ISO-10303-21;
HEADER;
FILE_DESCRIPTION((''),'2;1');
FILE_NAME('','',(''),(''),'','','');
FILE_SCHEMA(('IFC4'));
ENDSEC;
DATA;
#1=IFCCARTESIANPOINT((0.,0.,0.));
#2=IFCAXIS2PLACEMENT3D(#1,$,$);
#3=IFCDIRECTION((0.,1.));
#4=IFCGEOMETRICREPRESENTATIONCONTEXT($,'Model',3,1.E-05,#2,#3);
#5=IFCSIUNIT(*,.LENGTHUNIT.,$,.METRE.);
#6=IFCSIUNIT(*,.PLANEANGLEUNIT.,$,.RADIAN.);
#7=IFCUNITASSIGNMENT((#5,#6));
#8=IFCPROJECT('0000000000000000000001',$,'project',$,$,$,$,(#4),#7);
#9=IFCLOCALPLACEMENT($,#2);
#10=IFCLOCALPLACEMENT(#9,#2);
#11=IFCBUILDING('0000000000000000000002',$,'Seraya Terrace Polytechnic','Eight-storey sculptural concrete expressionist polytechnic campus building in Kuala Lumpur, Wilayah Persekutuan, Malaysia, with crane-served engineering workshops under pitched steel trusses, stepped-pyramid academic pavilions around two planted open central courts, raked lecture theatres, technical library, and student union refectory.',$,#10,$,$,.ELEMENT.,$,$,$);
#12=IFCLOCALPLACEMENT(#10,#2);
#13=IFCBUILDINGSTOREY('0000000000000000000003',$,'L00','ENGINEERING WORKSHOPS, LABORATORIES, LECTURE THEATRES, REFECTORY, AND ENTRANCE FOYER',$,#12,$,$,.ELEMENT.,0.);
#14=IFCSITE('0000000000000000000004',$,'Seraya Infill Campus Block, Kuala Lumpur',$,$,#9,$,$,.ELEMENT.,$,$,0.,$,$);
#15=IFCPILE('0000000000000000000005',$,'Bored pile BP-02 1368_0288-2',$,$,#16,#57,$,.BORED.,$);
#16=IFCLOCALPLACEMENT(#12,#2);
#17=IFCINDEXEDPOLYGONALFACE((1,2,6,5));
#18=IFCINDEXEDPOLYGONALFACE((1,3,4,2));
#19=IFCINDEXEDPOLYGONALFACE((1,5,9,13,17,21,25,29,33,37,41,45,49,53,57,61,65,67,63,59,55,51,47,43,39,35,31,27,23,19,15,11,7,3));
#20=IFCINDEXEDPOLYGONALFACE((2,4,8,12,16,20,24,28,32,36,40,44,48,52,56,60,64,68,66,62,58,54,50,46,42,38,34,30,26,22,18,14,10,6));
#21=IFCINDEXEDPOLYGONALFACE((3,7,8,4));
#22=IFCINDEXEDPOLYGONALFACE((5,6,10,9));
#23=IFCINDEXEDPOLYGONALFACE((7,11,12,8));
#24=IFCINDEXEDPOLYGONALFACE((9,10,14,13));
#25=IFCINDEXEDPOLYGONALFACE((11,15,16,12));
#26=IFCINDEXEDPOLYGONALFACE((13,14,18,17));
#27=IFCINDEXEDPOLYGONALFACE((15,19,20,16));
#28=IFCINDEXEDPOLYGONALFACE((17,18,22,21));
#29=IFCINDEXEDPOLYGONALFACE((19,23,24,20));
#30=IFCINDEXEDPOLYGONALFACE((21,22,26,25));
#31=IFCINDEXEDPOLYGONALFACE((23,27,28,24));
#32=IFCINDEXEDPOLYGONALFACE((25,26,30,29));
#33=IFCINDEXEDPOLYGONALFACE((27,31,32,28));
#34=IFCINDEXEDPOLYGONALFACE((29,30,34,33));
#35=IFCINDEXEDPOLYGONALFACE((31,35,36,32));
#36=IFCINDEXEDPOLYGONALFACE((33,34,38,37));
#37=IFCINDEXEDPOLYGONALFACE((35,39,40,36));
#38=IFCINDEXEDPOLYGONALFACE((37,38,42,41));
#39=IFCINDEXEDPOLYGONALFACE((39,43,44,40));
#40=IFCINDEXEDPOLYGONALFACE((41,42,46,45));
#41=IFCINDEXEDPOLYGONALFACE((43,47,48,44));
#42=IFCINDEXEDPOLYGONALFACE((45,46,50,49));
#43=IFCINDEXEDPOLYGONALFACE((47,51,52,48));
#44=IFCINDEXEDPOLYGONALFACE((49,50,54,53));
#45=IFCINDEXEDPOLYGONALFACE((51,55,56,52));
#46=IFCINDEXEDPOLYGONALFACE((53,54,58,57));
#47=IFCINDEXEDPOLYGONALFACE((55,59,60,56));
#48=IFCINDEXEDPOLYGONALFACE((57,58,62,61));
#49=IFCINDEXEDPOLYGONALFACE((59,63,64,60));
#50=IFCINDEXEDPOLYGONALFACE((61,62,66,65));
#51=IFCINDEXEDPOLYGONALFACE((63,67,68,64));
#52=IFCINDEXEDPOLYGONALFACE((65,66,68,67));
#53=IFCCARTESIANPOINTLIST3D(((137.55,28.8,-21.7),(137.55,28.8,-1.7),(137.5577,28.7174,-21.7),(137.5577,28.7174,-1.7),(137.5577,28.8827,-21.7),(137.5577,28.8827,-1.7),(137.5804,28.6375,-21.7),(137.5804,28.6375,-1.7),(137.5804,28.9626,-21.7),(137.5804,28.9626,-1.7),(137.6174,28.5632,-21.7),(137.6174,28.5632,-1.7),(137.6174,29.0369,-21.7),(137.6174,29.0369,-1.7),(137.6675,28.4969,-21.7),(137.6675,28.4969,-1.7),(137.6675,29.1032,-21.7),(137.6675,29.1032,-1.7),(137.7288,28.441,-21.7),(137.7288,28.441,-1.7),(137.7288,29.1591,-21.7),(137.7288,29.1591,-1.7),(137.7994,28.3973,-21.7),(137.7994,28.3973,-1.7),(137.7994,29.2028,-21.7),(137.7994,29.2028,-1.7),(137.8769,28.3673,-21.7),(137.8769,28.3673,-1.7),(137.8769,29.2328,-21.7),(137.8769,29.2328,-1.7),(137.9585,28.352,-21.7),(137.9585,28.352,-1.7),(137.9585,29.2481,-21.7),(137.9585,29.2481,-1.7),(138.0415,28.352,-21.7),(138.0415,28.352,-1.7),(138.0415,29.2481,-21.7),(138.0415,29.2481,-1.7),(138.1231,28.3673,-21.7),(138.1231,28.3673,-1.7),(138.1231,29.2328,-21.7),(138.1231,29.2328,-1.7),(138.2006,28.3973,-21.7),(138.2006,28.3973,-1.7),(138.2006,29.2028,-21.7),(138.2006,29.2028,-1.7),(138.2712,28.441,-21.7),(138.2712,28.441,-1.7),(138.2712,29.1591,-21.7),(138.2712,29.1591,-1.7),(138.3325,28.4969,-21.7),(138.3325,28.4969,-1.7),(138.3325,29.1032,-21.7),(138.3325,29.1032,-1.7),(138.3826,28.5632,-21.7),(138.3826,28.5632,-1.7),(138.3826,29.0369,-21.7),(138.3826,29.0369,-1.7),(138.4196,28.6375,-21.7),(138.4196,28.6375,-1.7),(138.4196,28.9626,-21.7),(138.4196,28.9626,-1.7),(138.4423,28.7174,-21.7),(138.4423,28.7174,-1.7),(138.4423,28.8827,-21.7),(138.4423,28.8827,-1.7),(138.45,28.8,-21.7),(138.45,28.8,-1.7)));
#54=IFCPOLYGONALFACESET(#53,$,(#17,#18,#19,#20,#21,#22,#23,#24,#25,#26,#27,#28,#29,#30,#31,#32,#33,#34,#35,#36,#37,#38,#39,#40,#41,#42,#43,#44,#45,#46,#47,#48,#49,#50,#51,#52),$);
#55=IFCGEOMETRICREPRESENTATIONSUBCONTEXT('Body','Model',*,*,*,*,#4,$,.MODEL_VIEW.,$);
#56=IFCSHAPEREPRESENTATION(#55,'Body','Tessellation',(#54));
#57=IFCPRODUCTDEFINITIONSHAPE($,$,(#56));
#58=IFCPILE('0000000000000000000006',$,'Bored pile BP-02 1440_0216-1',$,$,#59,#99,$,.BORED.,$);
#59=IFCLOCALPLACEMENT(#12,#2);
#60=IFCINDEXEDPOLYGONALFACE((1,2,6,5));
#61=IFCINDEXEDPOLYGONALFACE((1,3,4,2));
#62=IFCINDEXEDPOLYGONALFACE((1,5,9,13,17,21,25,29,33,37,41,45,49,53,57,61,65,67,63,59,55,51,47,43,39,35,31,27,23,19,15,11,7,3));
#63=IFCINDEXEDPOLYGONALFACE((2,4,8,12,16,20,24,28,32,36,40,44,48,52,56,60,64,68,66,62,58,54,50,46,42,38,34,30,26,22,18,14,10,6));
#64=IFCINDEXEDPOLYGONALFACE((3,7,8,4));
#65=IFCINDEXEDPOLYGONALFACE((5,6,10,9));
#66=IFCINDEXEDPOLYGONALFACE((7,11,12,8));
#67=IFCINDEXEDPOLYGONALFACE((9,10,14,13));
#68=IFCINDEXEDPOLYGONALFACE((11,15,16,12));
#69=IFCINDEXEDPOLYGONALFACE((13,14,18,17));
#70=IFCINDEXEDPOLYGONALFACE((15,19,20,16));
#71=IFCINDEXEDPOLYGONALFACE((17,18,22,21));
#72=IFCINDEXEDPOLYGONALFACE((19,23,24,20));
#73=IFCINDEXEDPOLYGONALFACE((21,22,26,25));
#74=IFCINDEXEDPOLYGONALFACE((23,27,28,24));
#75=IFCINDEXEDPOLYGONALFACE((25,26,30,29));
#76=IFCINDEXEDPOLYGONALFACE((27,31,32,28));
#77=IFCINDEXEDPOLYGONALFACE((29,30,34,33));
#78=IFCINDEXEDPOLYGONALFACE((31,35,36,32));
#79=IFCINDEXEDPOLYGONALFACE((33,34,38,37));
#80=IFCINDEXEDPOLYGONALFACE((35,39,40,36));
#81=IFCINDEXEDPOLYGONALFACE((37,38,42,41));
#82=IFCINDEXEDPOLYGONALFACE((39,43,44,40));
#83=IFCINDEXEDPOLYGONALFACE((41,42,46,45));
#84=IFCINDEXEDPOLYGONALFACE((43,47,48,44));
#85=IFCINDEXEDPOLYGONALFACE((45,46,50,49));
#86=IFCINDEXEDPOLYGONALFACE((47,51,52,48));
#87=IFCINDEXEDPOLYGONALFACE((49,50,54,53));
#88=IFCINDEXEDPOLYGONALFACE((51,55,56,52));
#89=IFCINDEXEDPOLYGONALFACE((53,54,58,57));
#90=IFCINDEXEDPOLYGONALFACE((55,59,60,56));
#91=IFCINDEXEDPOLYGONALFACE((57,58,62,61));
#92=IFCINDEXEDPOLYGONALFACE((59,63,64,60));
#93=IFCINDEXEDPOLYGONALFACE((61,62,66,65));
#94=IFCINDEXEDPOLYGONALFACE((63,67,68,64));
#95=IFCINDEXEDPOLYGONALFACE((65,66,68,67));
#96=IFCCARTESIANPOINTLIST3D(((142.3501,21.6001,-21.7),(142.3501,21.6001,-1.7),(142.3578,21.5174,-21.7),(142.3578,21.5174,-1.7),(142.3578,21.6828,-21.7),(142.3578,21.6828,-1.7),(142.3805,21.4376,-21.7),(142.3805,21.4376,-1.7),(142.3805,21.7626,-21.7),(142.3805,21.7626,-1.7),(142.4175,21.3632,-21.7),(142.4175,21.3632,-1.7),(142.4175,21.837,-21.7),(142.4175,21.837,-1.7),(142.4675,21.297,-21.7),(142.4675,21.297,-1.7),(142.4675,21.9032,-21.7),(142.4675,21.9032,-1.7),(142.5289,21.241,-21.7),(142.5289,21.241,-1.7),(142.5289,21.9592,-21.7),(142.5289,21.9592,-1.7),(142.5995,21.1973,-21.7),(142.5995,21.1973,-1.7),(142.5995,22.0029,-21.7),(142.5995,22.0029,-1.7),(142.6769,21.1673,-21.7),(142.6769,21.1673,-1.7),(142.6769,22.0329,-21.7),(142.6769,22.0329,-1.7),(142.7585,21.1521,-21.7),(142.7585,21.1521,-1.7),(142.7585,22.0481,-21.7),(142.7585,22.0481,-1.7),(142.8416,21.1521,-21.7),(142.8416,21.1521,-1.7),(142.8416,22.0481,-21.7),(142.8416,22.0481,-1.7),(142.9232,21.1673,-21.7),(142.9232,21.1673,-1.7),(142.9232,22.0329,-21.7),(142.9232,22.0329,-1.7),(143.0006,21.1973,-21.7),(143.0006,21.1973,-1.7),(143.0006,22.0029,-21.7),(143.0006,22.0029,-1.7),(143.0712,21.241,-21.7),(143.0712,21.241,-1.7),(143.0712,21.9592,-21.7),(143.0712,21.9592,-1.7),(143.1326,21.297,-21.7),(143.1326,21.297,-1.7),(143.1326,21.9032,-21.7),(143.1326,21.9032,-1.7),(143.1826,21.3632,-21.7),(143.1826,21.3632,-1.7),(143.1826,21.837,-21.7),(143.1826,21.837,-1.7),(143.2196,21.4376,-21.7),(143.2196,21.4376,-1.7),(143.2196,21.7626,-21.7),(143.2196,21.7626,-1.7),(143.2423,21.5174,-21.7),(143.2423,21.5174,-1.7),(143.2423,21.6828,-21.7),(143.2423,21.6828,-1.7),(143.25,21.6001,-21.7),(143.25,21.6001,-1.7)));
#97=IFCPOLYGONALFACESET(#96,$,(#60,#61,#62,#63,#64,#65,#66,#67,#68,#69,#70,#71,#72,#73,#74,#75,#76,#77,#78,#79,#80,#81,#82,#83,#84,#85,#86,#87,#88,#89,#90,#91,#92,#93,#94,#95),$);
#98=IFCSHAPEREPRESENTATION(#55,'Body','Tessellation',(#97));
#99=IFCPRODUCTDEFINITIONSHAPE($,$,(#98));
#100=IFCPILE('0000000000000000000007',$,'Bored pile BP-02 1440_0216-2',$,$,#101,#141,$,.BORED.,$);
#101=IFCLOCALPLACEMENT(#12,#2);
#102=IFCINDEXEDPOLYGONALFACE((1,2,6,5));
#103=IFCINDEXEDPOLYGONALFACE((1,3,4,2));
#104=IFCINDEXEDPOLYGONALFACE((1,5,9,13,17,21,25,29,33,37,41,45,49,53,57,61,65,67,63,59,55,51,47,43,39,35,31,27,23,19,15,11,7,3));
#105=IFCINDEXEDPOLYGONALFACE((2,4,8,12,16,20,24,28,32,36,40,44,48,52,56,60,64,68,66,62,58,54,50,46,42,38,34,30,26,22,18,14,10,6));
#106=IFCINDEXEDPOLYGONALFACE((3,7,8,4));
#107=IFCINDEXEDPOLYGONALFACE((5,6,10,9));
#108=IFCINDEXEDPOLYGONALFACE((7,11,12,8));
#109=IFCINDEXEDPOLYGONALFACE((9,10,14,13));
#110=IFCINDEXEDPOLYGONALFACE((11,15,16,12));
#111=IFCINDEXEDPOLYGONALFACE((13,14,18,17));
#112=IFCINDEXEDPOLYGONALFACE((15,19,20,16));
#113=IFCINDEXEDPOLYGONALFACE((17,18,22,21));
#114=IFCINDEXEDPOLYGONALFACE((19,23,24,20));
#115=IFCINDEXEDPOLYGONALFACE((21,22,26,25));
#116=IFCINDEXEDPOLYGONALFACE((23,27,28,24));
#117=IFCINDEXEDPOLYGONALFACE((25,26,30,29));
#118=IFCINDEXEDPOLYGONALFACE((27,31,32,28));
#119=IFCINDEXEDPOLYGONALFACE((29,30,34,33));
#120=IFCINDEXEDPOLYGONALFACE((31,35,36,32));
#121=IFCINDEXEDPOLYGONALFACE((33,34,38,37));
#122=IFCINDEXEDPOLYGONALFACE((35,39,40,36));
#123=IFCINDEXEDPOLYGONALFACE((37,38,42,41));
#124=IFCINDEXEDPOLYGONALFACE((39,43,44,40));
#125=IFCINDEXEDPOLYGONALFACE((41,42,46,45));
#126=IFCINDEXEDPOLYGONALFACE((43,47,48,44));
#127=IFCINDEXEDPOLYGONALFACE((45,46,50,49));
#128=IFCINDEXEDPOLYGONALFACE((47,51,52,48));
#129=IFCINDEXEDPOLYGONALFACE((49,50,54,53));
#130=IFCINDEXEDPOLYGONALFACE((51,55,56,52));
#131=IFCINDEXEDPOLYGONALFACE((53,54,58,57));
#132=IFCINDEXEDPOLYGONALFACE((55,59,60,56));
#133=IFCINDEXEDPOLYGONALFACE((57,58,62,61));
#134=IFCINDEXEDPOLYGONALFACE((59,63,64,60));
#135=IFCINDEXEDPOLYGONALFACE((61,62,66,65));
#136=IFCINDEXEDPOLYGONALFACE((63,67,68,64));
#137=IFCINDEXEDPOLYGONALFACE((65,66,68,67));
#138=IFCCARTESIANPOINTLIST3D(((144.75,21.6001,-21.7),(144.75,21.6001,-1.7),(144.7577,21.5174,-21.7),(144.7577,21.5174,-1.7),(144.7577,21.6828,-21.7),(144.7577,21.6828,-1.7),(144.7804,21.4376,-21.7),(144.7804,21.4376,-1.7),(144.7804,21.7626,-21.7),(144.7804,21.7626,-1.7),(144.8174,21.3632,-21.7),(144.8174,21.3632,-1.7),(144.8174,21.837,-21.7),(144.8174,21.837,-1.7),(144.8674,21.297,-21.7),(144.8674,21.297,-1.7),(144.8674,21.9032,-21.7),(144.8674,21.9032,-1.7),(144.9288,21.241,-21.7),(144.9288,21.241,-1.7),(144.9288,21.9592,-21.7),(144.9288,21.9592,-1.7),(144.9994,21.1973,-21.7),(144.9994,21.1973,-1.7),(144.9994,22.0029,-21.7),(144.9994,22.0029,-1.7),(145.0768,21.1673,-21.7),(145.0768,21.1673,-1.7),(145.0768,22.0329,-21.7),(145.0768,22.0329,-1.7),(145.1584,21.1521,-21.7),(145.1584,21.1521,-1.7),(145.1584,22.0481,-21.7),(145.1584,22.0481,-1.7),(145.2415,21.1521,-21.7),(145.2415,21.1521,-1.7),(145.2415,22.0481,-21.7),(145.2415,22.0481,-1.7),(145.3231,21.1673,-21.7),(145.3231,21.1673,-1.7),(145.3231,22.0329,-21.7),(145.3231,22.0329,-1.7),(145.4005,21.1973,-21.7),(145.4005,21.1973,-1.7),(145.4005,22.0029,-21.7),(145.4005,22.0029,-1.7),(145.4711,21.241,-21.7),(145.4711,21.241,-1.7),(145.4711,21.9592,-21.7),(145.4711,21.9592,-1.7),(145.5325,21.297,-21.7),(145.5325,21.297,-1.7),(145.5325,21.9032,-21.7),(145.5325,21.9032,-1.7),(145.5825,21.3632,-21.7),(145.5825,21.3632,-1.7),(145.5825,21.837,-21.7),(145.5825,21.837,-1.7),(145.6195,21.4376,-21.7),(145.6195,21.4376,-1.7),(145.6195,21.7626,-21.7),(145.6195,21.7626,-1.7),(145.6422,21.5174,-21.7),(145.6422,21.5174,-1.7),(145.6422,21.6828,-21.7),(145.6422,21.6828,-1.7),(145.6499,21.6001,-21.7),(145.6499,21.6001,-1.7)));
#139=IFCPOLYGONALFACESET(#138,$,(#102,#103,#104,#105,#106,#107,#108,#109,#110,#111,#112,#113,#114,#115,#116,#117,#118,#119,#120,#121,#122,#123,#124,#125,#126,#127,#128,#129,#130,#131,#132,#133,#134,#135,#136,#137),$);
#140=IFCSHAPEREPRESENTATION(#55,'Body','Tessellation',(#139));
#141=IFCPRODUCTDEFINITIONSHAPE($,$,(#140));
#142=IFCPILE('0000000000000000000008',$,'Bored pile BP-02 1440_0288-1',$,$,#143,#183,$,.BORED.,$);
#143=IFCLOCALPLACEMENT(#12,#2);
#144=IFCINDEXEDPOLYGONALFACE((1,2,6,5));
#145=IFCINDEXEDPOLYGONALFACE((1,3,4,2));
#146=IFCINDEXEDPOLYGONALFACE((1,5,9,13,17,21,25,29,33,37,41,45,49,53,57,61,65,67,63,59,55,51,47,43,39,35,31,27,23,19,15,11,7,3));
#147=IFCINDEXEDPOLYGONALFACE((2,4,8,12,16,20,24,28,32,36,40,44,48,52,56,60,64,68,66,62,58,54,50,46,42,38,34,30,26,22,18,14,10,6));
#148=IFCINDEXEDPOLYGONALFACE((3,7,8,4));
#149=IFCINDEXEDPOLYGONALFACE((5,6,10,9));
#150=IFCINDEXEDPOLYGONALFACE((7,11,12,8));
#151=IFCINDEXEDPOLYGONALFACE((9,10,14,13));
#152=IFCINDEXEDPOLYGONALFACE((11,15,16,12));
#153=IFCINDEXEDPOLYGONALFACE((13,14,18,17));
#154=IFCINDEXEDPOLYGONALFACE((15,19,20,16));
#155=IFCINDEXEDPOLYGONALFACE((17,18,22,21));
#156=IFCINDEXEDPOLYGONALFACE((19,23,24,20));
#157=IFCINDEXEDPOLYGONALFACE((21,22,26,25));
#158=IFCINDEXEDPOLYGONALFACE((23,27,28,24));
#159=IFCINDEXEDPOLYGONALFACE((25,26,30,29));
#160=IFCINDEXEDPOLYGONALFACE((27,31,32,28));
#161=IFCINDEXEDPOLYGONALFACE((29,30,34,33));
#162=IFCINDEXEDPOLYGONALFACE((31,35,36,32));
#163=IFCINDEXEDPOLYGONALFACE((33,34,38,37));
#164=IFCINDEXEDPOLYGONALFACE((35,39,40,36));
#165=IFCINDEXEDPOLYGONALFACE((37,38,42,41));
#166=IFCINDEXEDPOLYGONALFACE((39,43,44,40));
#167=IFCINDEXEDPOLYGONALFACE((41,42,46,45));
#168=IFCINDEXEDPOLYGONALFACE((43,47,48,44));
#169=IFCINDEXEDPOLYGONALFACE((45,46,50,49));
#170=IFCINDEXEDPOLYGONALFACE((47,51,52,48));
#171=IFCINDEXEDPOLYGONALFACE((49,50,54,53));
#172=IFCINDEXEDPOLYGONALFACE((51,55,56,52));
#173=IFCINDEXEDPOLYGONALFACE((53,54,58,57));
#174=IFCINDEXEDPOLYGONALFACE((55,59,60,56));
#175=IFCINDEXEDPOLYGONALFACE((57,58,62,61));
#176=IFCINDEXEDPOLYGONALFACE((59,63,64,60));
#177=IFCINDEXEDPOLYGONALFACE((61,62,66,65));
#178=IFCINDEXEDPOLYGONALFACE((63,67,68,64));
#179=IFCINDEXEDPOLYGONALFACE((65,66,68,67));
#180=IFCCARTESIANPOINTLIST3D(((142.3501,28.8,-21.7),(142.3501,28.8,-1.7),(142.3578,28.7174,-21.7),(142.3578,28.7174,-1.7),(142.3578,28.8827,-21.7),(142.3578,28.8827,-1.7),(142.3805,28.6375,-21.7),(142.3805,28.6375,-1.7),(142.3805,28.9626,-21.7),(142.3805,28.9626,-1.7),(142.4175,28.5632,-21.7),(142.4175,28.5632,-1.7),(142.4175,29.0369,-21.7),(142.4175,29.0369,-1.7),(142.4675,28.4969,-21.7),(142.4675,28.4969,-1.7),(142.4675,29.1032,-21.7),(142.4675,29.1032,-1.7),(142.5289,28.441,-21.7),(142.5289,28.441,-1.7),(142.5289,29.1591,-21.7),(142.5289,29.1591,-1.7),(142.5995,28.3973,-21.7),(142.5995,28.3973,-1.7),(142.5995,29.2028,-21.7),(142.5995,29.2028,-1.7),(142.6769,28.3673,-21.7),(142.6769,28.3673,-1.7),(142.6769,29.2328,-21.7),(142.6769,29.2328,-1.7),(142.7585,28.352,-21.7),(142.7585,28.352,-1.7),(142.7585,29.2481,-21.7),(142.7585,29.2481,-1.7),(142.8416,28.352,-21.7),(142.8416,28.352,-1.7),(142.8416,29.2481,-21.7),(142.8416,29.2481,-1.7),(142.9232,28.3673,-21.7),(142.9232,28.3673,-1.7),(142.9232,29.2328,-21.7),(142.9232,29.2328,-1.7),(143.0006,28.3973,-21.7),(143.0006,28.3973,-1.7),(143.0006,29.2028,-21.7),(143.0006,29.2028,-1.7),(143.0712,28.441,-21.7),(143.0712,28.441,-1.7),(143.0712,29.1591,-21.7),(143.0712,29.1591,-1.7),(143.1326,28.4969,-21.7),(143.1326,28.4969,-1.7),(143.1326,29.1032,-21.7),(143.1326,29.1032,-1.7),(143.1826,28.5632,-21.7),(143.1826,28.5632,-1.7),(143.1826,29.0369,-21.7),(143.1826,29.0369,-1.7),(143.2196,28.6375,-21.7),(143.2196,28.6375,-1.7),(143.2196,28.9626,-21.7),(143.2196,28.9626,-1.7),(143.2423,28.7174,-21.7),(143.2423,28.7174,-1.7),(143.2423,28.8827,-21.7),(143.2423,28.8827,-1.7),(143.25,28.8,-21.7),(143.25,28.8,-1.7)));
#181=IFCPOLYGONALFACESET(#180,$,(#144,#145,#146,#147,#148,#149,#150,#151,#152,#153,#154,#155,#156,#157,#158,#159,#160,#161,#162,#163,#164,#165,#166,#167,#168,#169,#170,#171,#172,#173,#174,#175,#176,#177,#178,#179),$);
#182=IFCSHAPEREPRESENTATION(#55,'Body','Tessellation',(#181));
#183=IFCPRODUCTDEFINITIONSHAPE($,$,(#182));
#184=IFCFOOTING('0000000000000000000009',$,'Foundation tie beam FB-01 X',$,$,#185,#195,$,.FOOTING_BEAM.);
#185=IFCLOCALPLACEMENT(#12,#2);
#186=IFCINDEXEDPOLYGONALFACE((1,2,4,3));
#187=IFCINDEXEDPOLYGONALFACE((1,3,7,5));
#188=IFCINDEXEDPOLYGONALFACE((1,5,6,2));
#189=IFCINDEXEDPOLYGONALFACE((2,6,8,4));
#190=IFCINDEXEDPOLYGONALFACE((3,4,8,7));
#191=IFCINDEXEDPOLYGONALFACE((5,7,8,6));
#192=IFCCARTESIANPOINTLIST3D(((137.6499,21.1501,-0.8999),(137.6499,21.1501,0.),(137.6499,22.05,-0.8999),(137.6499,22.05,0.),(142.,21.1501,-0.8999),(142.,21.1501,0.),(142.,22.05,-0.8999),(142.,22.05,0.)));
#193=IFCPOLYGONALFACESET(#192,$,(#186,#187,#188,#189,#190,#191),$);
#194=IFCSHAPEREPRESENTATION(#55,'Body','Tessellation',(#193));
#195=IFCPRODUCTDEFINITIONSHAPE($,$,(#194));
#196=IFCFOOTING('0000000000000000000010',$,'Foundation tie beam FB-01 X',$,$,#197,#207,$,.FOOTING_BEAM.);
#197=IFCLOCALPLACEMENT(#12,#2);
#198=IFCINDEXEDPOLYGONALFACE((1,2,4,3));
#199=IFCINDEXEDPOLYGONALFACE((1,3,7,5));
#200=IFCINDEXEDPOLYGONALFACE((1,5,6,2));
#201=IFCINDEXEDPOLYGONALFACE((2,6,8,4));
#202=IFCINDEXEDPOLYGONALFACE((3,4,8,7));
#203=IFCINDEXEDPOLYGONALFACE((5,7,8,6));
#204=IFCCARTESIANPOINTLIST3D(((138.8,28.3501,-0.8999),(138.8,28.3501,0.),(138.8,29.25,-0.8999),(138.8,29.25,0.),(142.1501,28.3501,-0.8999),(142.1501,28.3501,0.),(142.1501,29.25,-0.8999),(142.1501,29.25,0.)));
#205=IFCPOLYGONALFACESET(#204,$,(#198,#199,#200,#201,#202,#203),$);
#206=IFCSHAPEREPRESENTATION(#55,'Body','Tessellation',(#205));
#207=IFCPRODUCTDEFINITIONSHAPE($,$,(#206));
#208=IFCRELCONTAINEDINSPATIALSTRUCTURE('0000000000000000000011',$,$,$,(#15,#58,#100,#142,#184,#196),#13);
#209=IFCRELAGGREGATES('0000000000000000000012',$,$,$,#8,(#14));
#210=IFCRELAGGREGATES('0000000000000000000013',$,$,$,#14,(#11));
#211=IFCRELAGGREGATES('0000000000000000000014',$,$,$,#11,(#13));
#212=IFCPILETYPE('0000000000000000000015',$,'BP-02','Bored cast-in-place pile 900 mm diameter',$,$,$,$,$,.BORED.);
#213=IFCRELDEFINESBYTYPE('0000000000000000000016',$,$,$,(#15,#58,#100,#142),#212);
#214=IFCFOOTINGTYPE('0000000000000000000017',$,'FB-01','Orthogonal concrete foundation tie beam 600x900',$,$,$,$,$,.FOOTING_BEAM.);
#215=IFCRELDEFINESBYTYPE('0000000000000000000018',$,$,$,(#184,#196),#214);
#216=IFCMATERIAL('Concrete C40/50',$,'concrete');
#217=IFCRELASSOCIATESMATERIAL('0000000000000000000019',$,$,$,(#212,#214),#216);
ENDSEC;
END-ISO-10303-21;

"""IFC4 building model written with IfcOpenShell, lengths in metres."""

from ifc_helpers import new_model, si_unit, direction, frame, origin, origin_2d, place, context, subcontext, project, spatial, rectangle, circle, extrude, material, material_profile, profile_set, type_object, element, save


model = new_model("IFC4")

# Units and contexts
model_context = context("Model", 3, precision=1e-05, world=origin(), true_north=direction((0.0, 1.0)))
body_context = subcontext(model_context, "Body", "Model", "MODEL_VIEW")
ifc_project = project(units=[si_unit("LENGTHUNIT", "METRE"), si_unit("PLANEANGLEUNIT", "RADIAN")], contexts=[model_context])

# Site, building, storey
site_placement = place(None, origin())
site = spatial("IfcSite", under=ifc_project, at=site_placement, Name="Seraya Infill Campus Block, Kuala Lumpur", CompositionType="ELEMENT", RefElevation=0.0)
building_placement = place(site_placement, origin())
building = spatial("IfcBuilding", under=site, at=building_placement, Name="Seraya Terrace Polytechnic", Description="Eight-storey sculptural concrete expressionist polytechnic campus building in Kuala Lumpur, Wilayah Persekutuan, Malaysia, with crane-served engineering workshops under pitched steel trusses, stepped-pyramid academic pavilions around two planted open central courts, raked lecture theatres, technical library, and student union refectory.", CompositionType="ELEMENT")
storey_placement = place(building_placement, origin())
storey = spatial("IfcBuildingStorey", under=building, at=storey_placement, Name="L00", Description="ENGINEERING WORKSHOPS, LABORATORIES, LECTURE THEATRES, REFECTORY, AND ENTRANCE FOYER", CompositionType="ELEMENT", Elevation=0.0)

# Piles
ifc_material_1 = material(Name="Concrete C40/50", Category="concrete")
ifc_material_profile_1 = material_profile(ifc_material_1, circle(Radius=0.45, at=origin_2d()), Name="DIA 900")
ifc_profile_set_1 = profile_set([ifc_material_profile_1], Name="Concrete C40/50")
pile_type = type_object("IfcPileType", Name="BP-02", Description="Bored cast-in-place pile 900 mm diameter", PredefinedType="BORED", material=ifc_profile_set_1)
for number, where, z_axis, x_axis, name in (
    (1, (138.0, 28.8, -1.7), (0.0, 0.0, -1.0), (1.0, 0.0, 0.0), "Bored pile BP-02 1368_0288-2"),
    (2, (142.8, 21.6001, -1.7), (0.0, 0.0, -1.0), (1.0, 0.0, 0.0), "Bored pile BP-02 1440_0216-1"),
    (3, (145.2, 21.6001, -1.7), (0.0, 0.0, -1.0), (1.0, 0.0, 0.0), "Bored pile BP-02 1440_0216-2"),
    (4, (142.8, 28.8, -1.7), (0.0, 0.0, -1.0), (1.0, 0.0, 0.0), "Bored pile BP-02 1440_0288-1"),
):
    element("IfcPile", number, at=place(storey_placement, frame(where, z_axis=z_axis, x_axis=x_axis)), inside=storey, type_object=pile_type, Name=name, PredefinedType="BORED", context=body_context, shape_type="SweptSolid", body=[
        extrude(circle(Radius=0.45, at=origin_2d()), origin(), (0.0, 0.0, 1.0), 20.0),
    ])

# Footings
footing_type_1 = type_object("IfcFootingType", Name="FB-01", Description="Orthogonal concrete foundation tie beam 600x900", PredefinedType="FOOTING_BEAM", material=ifc_material_1)
footing_1_placement = place(storey_placement, frame((139.825, 21.6001, -0.8999), z_axis=(0.0, 0.0, 1.0), x_axis=(1.0, 0.0, 0.0)))
element("IfcFooting", 5, at=footing_1_placement, inside=storey, type_object=footing_type_1, Name="Foundation tie beam FB-01 X", PredefinedType="FOOTING_BEAM", context=body_context, shape_type="SweptSolid", body=[
    extrude(rectangle(XDim=4.3501, YDim=0.8999, at=origin_2d()), origin(), (0.0, 0.0, 1.0), 0.8999),
])
footing_2_placement = place(storey_placement, frame((140.4751, 28.8, -0.8999), z_axis=(0.0, 0.0, 1.0), x_axis=(1.0, 0.0, 0.0)))
element("IfcFooting", 6, at=footing_2_placement, inside=storey, type_object=footing_type_1, Name="Foundation tie beam FB-01 X", PredefinedType="FOOTING_BEAM", context=body_context, shape_type="SweptSolid", body=[
    extrude(rectangle(XDim=3.3501, YDim=0.8999, at=origin_2d()), origin(), (0.0, 0.0, 1.0), 0.8999),
])

save(model, "model.ifc")
